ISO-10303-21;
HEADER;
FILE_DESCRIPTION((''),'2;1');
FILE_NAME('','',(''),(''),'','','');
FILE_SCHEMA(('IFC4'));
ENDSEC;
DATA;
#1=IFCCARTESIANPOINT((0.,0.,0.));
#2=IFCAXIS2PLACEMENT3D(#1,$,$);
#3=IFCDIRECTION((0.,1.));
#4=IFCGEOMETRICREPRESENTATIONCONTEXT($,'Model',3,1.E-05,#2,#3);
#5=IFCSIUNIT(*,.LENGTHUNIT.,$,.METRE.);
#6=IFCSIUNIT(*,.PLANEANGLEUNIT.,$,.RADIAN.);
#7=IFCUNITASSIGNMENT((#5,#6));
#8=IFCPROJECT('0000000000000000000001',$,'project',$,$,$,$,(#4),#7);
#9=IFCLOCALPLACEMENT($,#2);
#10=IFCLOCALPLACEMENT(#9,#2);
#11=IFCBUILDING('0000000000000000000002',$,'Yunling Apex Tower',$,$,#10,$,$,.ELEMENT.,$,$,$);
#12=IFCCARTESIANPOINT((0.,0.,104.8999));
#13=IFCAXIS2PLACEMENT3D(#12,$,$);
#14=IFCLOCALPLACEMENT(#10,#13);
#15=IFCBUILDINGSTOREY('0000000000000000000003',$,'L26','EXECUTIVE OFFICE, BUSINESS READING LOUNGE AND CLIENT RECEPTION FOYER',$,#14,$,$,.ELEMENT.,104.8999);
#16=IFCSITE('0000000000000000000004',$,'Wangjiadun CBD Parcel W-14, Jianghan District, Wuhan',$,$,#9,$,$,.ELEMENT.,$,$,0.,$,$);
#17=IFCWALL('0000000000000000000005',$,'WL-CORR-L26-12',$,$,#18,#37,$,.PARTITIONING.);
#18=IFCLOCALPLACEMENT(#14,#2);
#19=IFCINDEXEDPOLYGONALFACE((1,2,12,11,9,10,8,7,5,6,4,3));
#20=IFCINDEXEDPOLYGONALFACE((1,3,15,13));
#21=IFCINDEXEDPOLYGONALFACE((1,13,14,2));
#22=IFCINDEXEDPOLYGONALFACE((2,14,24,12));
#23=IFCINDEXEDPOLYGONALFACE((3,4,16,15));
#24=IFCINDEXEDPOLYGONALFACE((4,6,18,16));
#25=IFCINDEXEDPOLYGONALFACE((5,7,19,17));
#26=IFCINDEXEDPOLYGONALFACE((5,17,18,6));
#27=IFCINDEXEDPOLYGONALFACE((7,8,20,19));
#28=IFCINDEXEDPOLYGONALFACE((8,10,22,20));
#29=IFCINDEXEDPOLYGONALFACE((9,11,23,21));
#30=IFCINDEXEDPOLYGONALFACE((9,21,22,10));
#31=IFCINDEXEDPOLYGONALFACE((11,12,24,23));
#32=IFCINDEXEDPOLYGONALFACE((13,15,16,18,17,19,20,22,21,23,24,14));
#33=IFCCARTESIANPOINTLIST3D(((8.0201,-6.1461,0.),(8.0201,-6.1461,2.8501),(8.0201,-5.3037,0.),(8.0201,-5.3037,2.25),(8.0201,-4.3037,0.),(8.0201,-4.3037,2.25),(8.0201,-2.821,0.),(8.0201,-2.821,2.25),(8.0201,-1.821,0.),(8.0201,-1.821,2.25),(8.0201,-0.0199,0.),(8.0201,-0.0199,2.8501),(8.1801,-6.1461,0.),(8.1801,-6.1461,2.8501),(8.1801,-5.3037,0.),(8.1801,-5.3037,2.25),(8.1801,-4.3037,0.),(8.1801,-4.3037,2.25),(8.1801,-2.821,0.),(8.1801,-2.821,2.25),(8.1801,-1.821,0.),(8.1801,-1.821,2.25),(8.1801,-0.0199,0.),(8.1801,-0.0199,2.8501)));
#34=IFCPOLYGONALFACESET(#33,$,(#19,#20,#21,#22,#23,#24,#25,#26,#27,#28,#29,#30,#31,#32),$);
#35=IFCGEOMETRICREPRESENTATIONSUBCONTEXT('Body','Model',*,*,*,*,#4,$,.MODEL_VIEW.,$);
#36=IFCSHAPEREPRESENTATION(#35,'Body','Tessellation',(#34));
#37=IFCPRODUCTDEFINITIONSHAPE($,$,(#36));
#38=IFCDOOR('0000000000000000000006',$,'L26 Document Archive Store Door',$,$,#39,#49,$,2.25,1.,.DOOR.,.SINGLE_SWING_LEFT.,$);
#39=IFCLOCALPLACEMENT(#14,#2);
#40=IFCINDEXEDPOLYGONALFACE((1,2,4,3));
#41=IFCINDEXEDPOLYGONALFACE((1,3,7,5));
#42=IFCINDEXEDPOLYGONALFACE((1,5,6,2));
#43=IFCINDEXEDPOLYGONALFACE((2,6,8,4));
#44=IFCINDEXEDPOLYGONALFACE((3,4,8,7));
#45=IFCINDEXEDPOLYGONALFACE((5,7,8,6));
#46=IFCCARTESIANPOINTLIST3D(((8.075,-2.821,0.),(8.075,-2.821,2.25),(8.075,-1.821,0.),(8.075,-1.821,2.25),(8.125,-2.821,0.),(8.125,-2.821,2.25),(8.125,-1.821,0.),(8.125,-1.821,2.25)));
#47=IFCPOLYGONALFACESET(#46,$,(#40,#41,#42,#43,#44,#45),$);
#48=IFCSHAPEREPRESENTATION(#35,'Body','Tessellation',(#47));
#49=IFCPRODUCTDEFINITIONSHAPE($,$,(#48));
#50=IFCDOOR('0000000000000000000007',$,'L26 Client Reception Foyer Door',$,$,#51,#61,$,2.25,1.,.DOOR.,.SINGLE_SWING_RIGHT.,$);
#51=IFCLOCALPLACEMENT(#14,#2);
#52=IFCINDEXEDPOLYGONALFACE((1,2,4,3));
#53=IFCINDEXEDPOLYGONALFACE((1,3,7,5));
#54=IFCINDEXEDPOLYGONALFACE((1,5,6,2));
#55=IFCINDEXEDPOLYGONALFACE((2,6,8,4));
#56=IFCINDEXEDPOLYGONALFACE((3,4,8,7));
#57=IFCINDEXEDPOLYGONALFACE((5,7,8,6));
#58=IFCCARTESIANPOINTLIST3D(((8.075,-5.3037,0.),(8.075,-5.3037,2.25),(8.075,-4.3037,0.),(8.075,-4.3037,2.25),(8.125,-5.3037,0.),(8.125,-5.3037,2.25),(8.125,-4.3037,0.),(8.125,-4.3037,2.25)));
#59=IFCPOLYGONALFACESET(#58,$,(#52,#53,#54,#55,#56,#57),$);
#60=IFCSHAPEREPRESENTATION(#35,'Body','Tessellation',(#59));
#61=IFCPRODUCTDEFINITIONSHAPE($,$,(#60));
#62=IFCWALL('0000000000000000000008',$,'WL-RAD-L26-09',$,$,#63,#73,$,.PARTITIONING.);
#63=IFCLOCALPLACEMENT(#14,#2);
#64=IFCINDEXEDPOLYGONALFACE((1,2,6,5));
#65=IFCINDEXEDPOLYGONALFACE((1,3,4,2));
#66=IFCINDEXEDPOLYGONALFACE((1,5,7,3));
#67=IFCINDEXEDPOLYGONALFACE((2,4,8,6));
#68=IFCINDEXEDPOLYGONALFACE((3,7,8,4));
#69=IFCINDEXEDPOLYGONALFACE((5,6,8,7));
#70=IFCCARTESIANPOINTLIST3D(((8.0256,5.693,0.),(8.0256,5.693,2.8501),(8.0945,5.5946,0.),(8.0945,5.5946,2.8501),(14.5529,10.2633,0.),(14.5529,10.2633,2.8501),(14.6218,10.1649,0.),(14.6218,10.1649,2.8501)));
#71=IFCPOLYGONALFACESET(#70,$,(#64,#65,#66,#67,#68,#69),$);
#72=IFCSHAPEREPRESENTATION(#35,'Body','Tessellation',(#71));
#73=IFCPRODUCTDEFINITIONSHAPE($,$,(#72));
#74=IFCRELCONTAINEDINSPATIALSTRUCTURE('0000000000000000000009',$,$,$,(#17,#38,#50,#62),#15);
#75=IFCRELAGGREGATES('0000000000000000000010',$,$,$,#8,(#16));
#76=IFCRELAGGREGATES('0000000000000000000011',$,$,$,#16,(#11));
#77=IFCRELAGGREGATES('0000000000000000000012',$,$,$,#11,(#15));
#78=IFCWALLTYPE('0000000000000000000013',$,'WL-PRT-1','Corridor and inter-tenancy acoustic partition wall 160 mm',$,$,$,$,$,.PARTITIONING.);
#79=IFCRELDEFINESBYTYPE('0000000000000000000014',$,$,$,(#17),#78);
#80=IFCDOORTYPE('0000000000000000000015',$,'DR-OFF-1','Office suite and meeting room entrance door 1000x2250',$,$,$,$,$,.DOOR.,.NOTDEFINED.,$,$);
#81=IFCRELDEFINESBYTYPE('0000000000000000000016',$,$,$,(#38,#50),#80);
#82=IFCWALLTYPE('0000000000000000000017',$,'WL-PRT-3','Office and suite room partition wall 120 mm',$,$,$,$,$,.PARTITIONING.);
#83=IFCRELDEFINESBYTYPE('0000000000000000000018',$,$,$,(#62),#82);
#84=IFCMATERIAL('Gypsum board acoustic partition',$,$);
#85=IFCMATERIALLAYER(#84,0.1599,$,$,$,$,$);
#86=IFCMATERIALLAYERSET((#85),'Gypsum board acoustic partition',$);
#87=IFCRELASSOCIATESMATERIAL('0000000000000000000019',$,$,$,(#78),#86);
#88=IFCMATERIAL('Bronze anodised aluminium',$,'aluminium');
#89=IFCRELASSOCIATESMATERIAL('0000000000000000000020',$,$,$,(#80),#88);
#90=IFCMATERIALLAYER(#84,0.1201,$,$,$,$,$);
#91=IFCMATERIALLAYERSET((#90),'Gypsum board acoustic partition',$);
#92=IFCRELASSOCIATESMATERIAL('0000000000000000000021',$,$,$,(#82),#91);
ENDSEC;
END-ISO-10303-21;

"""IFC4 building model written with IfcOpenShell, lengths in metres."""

from ifc_helpers import new_model, si_unit, direction, frame, frame_2d, origin, place, context, subcontext, project, spatial, rectangle, extrude, material, layer, layer_set, type_object, element, fill, save


model = new_model("IFC4")

# Units and contexts
model_context = context("Model", 3, precision=1e-05, world=origin(), true_north=direction((0.0, 1.0)))
body_context = subcontext(model_context, "Body", "Model", "MODEL_VIEW")
ifc_project = project(units=[si_unit("LENGTHUNIT", "METRE"), si_unit("PLANEANGLEUNIT", "RADIAN")], contexts=[model_context])

# Site, building, storey
site_placement = place(None, origin())
site = spatial("IfcSite", under=ifc_project, at=site_placement, Name="Wangjiadun CBD Parcel W-14, Jianghan District, Wuhan", CompositionType="ELEMENT", RefElevation=0.0)
building_placement = place(site_placement, origin())
building = spatial("IfcBuilding", under=site, at=building_placement, Name="Yunling Apex Tower", CompositionType="ELEMENT")
storey_placement = place(building_placement, frame((0.0, 0.0, 104.8999)))
storey = spatial("IfcBuildingStorey", under=building, at=storey_placement, Name="L26", Description="EXECUTIVE OFFICE, BUSINESS READING LOUNGE AND CLIENT RECEPTION FOYER", CompositionType="ELEMENT", Elevation=104.8999)

# Shared definitions
ifc_material_1 = material(Name="Bronze anodised aluminium", Category="aluminium")

# Shared definitions
ifc_material_2 = material(Name="Gypsum board acoustic partition")
ifc_layer_1 = layer(ifc_material_2, 0.1599)
ifc_layer_set_1 = layer_set([ifc_layer_1], Name="Gypsum board acoustic partition")
wall_type_1 = type_object("IfcWallType", Name="WL-PRT-1", Description="Corridor and inter-tenancy acoustic partition wall 160 mm", PredefinedType="PARTITIONING", material=ifc_layer_set_1)

# Shared definitions
door_type = type_object("IfcDoorType", Name="DR-OFF-1", Description="Office suite and meeting room entrance door 1000x2250", OperationType="NOTDEFINED", PredefinedType="DOOR", material=ifc_material_1)

# Wall, openings, doors
wall_1_placement = place(storey_placement, frame((8.1001, -0.02, 0.0), z_axis=(0.0, 0.0, 1.0), x_axis=(0.0, -1.0, 0.0)))
wall_1 = element("IfcWall", 1, at=wall_1_placement, inside=storey, type_object=wall_type_1, Name="WL-CORR-L26-12", PredefinedType="PARTITIONING", context=body_context, shape_type="SweptSolid", body=[
    extrude(rectangle(XDim=6.1262, YDim=0.1599, at=frame_2d((3.063, 0.0))), origin(), (0.0, 0.0, 1.0), 2.8501),
])
opening_1_placement = place(wall_1_placement, frame((1.801, 0.0, 0.0)))
opening_1 = element("IfcOpeningElement", 2, at=opening_1_placement, cuts=wall_1, PredefinedType="OPENING", context=body_context, shape_type="SweptSolid", body=[
    extrude(rectangle(XDim=1.0, YDim=2.25, at=frame_2d((0.5, 1.125))), frame((0.0, 0.0898, 0.0), z_axis=(0.0, -1.0, 0.0), x_axis=(1.0, 0.0, 0.0)), (0.0, 0.0, 1.0), 0.1799),
])
opening_2_placement = place(wall_1_placement, frame((4.2837, 0.0, 0.0)))
opening_2 = element("IfcOpeningElement", 3, at=opening_2_placement, cuts=wall_1, PredefinedType="OPENING", context=body_context, shape_type="SweptSolid", body=[
    extrude(rectangle(XDim=1.0, YDim=2.25, at=frame_2d((0.5, 1.125))), frame((0.0, 0.0898, 0.0), z_axis=(0.0, -1.0, 0.0), x_axis=(1.0, 0.0, 0.0)), (0.0, 0.0, 1.0), 0.1799),
])
door_1_placement = place(opening_1_placement, origin())
door_1 = element("IfcDoor", 4, at=door_1_placement, inside=storey, type_object=door_type, Name="L26 Document Archive Store Door", OperationType="SINGLE_SWING_LEFT", OverallHeight=2.25, OverallWidth=1.0, PredefinedType="DOOR", context=body_context, shape_type="SweptSolid", body=[
    extrude(rectangle(XDim=1.0, YDim=2.25, at=frame_2d((0.5, 1.125))), frame((0.0, 0.0249, 0.0), z_axis=(0.0, -1.0, 0.0), x_axis=(1.0, 0.0, 0.0)), (0.0, 0.0, 1.0), 0.05),
])
fill(opening_1, door_1)
door_2_placement = place(opening_2_placement, origin())
door_2 = element("IfcDoor", 5, at=door_2_placement, inside=storey, type_object=door_type, Name="L26 Client Reception Foyer Door", OperationType="SINGLE_SWING_RIGHT", OverallHeight=2.25, OverallWidth=1.0, PredefinedType="DOOR", context=body_context, shape_type="SweptSolid", body=[
    extrude(rectangle(XDim=1.0, YDim=2.25, at=frame_2d((0.5, 1.125))), frame((0.0, 0.0249, 0.0), z_axis=(0.0, -1.0, 0.0), x_axis=(1.0, 0.0, 0.0)), (0.0, 0.0, 1.0), 0.05),
])
fill(opening_2, door_2)

# Wall
ifc_layer_2 = layer(ifc_material_2, 0.1201)
ifc_layer_set_2 = layer_set([ifc_layer_2], Name="Gypsum board acoustic partition")
wall_type_2 = type_object("IfcWallType", Name="WL-PRT-3", Description="Office and suite room partition wall 120 mm", PredefinedType="PARTITIONING", material=ifc_layer_set_2)
wall_2_placement = place(storey_placement, frame((8.0601, 5.6438, 0.0), z_axis=(0.0, 0.0, 1.0), x_axis=(0.819163, 0.573561, 0.0)))
element("IfcWall", 6, at=wall_2_placement, inside=storey, type_object=wall_type_2, Name="WL-RAD-L26-09", PredefinedType="PARTITIONING", context=body_context, shape_type="SweptSolid", body=[
    extrude(rectangle(XDim=7.9683, YDim=0.1201, at=frame_2d((3.9841, 0.0))), origin(), (0.0, 0.0, 1.0), 2.8501),
])

save(model, "model.ifc")
